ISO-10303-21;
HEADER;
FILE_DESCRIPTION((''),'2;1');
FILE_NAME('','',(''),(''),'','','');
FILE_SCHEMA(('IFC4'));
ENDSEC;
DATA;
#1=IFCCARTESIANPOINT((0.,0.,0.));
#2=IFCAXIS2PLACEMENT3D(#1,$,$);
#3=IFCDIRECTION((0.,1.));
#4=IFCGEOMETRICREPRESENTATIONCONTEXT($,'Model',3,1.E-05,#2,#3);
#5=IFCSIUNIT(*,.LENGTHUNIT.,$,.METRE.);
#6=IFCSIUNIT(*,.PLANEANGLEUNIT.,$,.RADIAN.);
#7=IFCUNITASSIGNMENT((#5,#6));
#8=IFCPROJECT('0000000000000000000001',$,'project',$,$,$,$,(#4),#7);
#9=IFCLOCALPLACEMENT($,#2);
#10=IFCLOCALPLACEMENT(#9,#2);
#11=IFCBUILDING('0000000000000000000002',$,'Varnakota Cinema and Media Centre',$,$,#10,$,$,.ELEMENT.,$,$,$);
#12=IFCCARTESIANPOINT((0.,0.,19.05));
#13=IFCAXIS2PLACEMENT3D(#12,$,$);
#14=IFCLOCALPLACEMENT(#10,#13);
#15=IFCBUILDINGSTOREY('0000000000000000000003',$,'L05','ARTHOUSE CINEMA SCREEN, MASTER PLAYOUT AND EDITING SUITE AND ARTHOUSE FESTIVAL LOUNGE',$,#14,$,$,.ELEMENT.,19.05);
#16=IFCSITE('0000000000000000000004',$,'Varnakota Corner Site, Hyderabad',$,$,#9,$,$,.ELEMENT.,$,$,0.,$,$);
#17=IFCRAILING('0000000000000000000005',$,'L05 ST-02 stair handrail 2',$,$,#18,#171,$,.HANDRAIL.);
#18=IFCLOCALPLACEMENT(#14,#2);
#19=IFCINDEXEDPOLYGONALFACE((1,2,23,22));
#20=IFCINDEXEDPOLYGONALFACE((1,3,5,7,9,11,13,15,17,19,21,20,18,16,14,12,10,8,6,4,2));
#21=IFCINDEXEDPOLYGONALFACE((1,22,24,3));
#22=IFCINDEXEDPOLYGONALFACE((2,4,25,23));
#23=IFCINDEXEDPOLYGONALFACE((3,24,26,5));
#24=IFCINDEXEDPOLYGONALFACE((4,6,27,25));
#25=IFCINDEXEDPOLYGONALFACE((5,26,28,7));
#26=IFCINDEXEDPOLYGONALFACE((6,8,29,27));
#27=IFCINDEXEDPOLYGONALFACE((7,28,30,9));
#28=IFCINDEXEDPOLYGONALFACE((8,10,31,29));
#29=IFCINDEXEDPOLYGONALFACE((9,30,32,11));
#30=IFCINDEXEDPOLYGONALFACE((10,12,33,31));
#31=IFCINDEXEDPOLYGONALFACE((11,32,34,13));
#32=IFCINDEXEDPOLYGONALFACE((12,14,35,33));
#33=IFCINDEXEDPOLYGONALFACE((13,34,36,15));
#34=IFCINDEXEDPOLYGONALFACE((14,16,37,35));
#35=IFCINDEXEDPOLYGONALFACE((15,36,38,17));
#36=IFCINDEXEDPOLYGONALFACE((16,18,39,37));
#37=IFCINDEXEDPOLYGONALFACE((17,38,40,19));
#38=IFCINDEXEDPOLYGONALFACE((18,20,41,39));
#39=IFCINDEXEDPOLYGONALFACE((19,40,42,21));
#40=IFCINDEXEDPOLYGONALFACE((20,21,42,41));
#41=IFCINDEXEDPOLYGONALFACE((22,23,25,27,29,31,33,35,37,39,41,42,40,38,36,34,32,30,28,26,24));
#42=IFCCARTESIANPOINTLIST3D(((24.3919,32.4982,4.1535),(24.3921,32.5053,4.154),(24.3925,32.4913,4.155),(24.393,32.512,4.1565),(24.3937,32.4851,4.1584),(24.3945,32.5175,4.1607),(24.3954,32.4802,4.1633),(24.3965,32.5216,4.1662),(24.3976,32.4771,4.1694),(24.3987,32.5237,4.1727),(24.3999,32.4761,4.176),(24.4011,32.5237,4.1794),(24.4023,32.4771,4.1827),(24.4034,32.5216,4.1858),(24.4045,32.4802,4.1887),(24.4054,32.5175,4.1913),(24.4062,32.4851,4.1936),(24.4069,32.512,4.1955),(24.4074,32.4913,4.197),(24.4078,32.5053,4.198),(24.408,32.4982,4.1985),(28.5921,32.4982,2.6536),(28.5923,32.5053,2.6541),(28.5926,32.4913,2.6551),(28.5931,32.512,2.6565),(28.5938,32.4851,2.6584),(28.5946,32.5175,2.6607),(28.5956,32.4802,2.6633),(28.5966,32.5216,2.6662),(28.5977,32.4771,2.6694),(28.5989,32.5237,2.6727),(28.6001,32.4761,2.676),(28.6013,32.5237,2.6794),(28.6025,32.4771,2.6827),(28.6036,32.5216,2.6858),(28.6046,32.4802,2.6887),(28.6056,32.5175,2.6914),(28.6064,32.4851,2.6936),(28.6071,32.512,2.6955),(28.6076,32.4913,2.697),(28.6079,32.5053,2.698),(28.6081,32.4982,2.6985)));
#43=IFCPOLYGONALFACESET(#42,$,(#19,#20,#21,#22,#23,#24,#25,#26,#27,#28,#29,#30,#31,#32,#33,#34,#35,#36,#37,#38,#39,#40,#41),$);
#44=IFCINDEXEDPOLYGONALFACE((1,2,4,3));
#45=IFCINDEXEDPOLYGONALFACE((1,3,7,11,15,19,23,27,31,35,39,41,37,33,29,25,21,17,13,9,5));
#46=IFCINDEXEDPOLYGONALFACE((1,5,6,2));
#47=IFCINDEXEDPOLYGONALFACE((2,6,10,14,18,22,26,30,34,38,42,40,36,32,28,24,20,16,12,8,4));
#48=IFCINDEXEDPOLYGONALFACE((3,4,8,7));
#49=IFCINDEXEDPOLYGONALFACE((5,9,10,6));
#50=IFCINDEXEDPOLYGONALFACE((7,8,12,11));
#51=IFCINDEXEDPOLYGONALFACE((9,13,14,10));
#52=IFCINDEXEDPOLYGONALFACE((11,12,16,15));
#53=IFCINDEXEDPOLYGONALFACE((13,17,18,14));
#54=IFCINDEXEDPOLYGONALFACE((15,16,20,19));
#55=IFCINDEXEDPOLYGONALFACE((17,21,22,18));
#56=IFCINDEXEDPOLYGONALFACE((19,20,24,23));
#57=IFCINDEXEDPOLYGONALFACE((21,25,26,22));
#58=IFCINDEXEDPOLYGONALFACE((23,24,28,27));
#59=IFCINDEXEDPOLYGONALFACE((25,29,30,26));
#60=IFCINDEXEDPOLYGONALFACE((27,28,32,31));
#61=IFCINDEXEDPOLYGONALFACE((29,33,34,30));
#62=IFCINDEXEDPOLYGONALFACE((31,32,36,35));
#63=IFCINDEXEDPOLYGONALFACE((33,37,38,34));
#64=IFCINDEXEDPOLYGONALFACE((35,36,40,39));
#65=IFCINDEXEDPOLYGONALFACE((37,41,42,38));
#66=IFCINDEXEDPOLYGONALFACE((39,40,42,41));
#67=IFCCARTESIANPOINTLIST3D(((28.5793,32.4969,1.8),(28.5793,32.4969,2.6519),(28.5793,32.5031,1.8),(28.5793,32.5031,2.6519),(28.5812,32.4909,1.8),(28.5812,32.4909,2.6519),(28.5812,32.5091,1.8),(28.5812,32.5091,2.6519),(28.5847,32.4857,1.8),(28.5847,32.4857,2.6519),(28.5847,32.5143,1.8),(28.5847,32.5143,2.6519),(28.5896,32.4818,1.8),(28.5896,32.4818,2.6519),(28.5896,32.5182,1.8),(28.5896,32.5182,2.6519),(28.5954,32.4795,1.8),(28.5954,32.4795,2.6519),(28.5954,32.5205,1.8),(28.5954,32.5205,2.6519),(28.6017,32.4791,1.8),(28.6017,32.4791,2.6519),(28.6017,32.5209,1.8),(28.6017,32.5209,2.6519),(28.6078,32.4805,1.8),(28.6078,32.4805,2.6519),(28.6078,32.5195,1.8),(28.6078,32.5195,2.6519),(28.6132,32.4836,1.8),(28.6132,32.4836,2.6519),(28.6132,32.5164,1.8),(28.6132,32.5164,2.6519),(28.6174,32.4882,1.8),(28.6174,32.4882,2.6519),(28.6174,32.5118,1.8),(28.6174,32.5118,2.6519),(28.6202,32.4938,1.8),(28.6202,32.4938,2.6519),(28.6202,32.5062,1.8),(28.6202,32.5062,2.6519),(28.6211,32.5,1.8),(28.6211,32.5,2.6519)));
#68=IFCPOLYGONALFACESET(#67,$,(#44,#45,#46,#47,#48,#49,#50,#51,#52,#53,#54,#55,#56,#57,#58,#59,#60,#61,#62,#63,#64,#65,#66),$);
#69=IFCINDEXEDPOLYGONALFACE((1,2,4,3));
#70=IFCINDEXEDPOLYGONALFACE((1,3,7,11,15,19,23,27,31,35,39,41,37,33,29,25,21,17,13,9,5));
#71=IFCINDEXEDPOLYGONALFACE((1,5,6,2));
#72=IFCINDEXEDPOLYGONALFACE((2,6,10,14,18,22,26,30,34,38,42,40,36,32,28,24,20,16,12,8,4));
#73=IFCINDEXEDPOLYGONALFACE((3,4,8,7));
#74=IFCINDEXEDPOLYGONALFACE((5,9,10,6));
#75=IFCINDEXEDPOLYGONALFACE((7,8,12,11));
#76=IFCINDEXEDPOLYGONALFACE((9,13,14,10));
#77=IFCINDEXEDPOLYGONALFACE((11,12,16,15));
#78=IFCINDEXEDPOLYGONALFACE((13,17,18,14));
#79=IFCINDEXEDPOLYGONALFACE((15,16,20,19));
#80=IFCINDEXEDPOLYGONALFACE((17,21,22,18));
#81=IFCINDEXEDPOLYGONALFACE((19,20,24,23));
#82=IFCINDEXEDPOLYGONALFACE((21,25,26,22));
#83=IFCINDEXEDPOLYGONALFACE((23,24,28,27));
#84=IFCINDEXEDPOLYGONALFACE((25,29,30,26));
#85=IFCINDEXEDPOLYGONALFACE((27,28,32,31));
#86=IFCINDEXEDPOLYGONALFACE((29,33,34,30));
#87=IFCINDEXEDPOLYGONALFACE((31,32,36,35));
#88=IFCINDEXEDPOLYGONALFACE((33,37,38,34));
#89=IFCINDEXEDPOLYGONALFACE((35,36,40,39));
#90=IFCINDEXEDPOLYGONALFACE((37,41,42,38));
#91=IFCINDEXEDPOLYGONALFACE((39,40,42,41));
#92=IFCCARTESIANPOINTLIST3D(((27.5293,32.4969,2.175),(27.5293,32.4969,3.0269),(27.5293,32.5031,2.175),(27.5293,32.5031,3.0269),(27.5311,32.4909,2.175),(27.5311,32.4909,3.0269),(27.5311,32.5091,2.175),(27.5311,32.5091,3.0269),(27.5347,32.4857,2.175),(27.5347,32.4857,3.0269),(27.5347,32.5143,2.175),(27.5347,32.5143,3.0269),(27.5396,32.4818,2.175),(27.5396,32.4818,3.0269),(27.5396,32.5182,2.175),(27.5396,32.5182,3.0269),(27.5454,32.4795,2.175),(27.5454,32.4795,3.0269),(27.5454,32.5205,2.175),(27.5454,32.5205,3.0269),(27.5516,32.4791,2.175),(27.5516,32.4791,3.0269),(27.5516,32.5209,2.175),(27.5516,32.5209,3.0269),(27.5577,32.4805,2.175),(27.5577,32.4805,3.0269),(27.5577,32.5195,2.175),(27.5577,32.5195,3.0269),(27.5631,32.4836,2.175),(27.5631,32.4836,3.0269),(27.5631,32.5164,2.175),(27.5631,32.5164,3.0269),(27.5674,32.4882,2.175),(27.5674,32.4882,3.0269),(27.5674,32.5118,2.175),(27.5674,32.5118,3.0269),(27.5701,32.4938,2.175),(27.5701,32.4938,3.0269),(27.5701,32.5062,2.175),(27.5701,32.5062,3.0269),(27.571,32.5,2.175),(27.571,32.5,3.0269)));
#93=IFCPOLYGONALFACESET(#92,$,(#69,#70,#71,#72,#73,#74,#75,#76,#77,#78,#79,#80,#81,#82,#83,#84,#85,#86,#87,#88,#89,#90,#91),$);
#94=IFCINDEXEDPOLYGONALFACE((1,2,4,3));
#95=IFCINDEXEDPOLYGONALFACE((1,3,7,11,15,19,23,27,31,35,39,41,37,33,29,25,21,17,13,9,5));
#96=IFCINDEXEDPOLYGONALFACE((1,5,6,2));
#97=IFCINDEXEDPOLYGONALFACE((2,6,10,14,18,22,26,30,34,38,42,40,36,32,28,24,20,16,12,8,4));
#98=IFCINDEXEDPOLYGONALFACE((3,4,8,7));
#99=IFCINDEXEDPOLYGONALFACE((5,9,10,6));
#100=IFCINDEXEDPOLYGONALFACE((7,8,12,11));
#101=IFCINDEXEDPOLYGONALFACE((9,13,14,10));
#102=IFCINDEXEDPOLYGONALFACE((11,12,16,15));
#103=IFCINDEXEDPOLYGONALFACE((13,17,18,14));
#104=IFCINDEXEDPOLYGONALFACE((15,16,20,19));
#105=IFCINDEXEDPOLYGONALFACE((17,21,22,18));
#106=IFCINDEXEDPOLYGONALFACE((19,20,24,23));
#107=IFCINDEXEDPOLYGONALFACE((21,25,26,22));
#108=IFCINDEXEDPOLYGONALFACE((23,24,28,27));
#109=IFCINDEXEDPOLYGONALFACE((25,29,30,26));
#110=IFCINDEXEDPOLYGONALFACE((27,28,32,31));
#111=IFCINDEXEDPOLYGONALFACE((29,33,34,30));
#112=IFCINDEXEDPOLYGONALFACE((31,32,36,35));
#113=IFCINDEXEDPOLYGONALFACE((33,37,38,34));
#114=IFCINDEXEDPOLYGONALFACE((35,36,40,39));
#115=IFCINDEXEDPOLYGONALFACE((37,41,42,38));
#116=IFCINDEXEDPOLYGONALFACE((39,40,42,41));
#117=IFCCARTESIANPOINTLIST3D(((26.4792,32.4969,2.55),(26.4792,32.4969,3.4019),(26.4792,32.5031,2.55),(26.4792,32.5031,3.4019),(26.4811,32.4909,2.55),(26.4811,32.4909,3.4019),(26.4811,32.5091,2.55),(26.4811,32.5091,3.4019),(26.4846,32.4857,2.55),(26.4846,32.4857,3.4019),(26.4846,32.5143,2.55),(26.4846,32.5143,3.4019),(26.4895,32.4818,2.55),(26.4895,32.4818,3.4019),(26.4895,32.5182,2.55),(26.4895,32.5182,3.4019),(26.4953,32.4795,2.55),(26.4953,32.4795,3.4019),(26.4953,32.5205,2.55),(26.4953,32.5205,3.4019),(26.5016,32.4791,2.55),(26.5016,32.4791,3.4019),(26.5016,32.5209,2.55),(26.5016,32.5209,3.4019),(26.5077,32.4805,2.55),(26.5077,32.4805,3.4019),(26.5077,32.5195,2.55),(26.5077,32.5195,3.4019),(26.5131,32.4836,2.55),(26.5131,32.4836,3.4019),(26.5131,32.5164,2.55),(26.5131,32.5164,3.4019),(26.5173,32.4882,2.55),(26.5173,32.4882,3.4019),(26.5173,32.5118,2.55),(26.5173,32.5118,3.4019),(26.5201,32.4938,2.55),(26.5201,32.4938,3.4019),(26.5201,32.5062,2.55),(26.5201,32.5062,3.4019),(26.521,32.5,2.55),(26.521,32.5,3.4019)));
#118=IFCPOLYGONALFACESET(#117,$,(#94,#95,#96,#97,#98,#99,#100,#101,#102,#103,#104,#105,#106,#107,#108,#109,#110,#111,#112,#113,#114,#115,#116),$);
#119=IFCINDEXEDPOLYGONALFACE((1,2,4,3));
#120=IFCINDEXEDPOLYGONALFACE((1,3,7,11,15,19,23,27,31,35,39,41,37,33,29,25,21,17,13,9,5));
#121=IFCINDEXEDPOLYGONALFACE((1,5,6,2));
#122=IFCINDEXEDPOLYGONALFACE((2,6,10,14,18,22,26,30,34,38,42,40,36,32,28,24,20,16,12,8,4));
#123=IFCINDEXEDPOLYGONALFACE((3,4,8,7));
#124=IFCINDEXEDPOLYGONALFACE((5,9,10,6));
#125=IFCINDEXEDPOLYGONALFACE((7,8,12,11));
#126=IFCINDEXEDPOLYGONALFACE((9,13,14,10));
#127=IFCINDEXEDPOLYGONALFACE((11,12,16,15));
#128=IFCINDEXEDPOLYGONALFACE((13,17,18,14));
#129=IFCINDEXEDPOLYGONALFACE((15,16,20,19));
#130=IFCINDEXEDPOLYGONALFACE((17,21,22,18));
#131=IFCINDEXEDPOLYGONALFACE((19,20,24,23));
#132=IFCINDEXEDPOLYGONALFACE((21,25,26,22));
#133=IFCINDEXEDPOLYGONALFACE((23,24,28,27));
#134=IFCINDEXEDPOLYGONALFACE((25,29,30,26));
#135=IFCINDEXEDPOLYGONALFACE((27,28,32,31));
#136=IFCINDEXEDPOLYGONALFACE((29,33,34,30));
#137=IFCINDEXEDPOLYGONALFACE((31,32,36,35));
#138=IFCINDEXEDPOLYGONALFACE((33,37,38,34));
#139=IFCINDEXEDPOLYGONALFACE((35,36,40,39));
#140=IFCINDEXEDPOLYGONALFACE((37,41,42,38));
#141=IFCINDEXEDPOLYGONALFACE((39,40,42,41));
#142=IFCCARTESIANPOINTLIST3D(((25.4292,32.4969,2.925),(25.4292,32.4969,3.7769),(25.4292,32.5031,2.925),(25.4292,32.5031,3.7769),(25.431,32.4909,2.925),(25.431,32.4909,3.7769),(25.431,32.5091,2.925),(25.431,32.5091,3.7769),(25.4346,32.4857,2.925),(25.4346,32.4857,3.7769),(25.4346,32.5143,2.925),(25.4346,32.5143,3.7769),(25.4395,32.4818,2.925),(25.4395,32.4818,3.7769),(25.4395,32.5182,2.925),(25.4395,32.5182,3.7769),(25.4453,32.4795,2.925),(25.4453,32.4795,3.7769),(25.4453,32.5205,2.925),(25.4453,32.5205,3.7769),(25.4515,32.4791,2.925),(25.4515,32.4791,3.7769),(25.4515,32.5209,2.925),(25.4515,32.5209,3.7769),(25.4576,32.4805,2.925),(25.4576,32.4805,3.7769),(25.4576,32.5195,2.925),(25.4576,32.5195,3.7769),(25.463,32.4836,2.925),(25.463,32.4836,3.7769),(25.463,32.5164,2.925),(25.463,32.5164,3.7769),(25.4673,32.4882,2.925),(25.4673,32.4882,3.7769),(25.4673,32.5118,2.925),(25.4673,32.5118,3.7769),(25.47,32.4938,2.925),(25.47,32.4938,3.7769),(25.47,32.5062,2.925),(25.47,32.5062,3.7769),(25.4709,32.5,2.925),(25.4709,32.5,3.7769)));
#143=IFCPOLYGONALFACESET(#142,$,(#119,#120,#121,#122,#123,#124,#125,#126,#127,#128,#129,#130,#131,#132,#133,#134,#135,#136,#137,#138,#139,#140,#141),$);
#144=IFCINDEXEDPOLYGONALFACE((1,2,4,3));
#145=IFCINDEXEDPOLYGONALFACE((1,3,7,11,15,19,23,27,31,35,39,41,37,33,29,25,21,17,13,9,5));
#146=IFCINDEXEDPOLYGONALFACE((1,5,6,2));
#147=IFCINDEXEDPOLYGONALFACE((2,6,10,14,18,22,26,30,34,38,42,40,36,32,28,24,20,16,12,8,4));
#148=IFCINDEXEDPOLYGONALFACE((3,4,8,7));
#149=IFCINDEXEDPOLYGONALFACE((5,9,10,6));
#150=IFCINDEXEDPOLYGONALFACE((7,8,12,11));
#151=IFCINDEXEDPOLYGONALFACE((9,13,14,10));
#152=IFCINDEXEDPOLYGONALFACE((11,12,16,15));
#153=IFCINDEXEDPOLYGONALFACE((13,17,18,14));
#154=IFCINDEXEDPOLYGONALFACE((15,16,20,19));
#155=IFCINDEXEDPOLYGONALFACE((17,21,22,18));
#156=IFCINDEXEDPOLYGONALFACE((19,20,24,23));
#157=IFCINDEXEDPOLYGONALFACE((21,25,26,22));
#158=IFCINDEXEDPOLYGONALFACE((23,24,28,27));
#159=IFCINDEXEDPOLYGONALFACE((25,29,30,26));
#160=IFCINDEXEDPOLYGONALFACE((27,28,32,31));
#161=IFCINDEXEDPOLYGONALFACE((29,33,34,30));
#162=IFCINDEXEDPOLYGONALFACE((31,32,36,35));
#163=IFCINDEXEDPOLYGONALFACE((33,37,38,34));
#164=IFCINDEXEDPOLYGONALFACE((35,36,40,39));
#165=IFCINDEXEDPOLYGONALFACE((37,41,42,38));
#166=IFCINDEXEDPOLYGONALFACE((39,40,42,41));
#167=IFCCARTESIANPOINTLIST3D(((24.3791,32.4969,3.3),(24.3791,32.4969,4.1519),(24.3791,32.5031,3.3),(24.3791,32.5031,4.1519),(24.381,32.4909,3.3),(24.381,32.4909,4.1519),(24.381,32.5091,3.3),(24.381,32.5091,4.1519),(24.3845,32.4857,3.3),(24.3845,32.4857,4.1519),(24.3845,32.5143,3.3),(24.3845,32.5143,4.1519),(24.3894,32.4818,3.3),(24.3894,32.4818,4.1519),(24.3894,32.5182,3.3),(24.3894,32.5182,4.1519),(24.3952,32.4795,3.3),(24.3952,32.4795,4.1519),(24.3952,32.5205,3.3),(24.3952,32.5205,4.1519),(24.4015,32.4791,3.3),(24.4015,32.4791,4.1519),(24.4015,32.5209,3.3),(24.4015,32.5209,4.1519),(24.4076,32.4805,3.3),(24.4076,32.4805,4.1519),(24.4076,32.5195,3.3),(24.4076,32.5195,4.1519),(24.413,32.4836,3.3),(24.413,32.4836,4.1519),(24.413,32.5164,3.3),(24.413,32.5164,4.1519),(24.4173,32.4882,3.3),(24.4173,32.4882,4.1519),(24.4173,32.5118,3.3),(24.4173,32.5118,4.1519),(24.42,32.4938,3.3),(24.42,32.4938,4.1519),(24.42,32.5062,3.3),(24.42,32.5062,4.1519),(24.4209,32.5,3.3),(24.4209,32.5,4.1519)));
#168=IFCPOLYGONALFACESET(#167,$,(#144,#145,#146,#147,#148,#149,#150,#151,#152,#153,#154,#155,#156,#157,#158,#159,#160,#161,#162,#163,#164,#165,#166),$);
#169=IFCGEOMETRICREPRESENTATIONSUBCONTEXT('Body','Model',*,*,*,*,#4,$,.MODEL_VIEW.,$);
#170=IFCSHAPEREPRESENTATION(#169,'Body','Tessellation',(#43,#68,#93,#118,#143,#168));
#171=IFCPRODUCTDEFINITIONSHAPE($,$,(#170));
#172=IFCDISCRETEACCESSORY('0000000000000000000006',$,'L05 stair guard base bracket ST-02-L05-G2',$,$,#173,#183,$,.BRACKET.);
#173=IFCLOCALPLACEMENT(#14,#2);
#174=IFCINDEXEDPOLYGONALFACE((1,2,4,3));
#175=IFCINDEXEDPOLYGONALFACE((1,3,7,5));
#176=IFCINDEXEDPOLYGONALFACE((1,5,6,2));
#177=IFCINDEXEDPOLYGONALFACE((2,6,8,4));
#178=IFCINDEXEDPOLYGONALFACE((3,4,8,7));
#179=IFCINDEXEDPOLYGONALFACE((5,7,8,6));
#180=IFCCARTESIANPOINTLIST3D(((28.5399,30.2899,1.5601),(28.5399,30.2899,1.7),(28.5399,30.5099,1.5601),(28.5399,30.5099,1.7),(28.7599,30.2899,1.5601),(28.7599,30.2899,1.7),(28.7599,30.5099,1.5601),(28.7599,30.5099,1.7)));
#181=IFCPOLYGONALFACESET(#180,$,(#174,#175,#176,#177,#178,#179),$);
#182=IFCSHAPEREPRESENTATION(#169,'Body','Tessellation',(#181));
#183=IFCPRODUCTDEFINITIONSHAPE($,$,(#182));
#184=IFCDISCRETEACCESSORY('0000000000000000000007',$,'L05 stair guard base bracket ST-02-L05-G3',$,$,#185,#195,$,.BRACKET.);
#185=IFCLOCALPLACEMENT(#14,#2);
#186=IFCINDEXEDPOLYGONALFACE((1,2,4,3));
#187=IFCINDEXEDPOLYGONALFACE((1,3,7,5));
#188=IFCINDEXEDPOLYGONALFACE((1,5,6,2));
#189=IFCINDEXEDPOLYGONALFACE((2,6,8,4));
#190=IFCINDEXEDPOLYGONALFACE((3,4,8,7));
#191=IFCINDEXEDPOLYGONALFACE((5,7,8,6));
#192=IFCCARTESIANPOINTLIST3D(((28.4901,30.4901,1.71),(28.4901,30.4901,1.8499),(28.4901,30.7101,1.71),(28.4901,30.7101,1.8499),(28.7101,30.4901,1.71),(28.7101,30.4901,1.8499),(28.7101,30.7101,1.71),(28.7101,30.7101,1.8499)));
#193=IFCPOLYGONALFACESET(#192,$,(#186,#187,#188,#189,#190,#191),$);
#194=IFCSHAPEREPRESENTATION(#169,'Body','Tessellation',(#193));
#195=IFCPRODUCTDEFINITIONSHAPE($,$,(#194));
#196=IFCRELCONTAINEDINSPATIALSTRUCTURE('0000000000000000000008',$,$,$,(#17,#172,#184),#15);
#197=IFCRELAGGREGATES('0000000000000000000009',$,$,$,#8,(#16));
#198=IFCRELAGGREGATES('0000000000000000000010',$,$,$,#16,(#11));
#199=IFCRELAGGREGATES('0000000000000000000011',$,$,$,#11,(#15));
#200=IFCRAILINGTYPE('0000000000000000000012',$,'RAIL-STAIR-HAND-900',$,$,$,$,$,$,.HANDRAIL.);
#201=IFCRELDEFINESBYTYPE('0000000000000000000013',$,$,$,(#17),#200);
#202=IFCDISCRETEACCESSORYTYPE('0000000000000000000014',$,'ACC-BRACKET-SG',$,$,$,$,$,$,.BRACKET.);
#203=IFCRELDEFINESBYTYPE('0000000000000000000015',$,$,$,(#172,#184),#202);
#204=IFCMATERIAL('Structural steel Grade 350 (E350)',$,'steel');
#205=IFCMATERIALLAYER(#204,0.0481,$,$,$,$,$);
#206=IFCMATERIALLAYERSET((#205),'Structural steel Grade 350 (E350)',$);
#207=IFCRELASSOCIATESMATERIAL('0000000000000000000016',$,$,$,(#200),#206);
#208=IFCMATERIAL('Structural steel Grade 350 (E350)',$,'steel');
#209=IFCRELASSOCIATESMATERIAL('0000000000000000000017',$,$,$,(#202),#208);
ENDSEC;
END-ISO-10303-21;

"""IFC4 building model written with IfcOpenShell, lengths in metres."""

from ifc_helpers import new_model, si_unit, direction, frame, origin, origin_2d, place, context, subcontext, project, spatial, rectangle, circle, extrude, material, layer, layer_set, type_object, element, save


model = new_model("IFC4")

# Units and contexts
model_context = context("Model", 3, precision=1e-05, world=origin(), true_north=direction((0.0, 1.0)))
body_context = subcontext(model_context, "Body", "Model", "MODEL_VIEW")
ifc_project = project(units=[si_unit("LENGTHUNIT", "METRE"), si_unit("PLANEANGLEUNIT", "RADIAN")], contexts=[model_context])

# Site, building, storey
site_placement = place(None, origin())
site = spatial("IfcSite", under=ifc_project, at=site_placement, Name="Varnakota Corner Site, Hyderabad", CompositionType="ELEMENT", RefElevation=0.0)
building_placement = place(site_placement, origin())
building = spatial("IfcBuilding", under=site, at=building_placement, Name="Varnakota Cinema and Media Centre", CompositionType="ELEMENT")
storey_placement = place(building_placement, frame((0.0, 0.0, 19.05)))
storey = spatial("IfcBuildingStorey", under=building, at=storey_placement, Name="L05", Description="ARTHOUSE CINEMA SCREEN, MASTER PLAYOUT AND EDITING SUITE AND ARTHOUSE FESTIVAL LOUNGE", CompositionType="ELEMENT", Elevation=19.05)

# Railing
ifc_material_1 = material(Name="Structural steel Grade 350 (E350)", Category="steel")
ifc_layer_1 = layer(ifc_material_1, 0.0481)
ifc_layer_set_1 = layer_set([ifc_layer_1], Name="Structural steel Grade 350 (E350)")
railing_type_1 = type_object("IfcRailingType", Name="RAIL-STAIR-HAND-900", PredefinedType="HANDRAIL", material=ifc_layer_set_1)
railing_1_placement = place(storey_placement, frame((28.6001, 32.5, 1.8)))
element("IfcRailing", 1, at=railing_1_placement, inside=storey, type_object=railing_type_1, Name="L05 ST-02 stair handrail 2", PredefinedType="HANDRAIL", context=body_context, shape_type="SweptSolid", body=[
    extrude(circle(Radius=0.0239, at=origin_2d()), frame((0.0, 0.0, 0.876), z_axis=(-0.941747, 0.0, 0.336323), x_axis=(0.0, -1.0, 0.0)), (0.0, 0.0, 1.0), 4.46),
    extrude(circle(Radius=0.021, at=origin_2d()), origin(), (0.0, 0.0, 1.0), 0.8518),
    extrude(circle(Radius=0.021, at=origin_2d()), frame((-1.05, 0.0, 0.375)), (0.0, 0.0, 1.0), 0.8518),
    extrude(circle(Radius=0.021, at=origin_2d()), frame((-2.1001, 0.0, 0.75)), (0.0, 0.0, 1.0), 0.8518),
    extrude(circle(Radius=0.021, at=origin_2d()), frame((-3.1501, 0.0, 1.125)), (0.0, 0.0, 1.0), 0.8518),
    extrude(circle(Radius=0.021, at=origin_2d()), frame((-4.2002, 0.0, 1.5)), (0.0, 0.0, 1.0), 0.8518),
])

# Discrete accessories
ifc_material_2 = material(Name="Structural steel Grade 350 (E350)", Category="steel")
discrete_accessory_type = type_object("IfcDiscreteAccessoryType", Name="ACC-BRACKET-SG", PredefinedType="BRACKET", material=ifc_material_2)
for number, where, z_axis, x_axis, name in (
    (2, (28.6499, 30.3999, 1.5601), (0.0, 0.0, 1.0), (1.0, 0.0, 0.0), "L05 stair guard base bracket ST-02-L05-G2"),
    (3, (28.6001, 30.6001, 1.71), (0.0, 0.0, 1.0), (1.0, 0.0, 0.0), "L05 stair guard base bracket ST-02-L05-G3"),
):
    element("IfcDiscreteAccessory", number, at=place(storey_placement, frame(where, z_axis=z_axis, x_axis=x_axis)), inside=storey, type_object=discrete_accessory_type, Name=name, PredefinedType="BRACKET", context=body_context, shape_type="SweptSolid", body=[
        extrude(rectangle(XDim=0.22, YDim=0.22, at=origin_2d()), origin(), (0.0, 0.0, 1.0), 0.1399),
    ])

save(model, "model.ifc")
